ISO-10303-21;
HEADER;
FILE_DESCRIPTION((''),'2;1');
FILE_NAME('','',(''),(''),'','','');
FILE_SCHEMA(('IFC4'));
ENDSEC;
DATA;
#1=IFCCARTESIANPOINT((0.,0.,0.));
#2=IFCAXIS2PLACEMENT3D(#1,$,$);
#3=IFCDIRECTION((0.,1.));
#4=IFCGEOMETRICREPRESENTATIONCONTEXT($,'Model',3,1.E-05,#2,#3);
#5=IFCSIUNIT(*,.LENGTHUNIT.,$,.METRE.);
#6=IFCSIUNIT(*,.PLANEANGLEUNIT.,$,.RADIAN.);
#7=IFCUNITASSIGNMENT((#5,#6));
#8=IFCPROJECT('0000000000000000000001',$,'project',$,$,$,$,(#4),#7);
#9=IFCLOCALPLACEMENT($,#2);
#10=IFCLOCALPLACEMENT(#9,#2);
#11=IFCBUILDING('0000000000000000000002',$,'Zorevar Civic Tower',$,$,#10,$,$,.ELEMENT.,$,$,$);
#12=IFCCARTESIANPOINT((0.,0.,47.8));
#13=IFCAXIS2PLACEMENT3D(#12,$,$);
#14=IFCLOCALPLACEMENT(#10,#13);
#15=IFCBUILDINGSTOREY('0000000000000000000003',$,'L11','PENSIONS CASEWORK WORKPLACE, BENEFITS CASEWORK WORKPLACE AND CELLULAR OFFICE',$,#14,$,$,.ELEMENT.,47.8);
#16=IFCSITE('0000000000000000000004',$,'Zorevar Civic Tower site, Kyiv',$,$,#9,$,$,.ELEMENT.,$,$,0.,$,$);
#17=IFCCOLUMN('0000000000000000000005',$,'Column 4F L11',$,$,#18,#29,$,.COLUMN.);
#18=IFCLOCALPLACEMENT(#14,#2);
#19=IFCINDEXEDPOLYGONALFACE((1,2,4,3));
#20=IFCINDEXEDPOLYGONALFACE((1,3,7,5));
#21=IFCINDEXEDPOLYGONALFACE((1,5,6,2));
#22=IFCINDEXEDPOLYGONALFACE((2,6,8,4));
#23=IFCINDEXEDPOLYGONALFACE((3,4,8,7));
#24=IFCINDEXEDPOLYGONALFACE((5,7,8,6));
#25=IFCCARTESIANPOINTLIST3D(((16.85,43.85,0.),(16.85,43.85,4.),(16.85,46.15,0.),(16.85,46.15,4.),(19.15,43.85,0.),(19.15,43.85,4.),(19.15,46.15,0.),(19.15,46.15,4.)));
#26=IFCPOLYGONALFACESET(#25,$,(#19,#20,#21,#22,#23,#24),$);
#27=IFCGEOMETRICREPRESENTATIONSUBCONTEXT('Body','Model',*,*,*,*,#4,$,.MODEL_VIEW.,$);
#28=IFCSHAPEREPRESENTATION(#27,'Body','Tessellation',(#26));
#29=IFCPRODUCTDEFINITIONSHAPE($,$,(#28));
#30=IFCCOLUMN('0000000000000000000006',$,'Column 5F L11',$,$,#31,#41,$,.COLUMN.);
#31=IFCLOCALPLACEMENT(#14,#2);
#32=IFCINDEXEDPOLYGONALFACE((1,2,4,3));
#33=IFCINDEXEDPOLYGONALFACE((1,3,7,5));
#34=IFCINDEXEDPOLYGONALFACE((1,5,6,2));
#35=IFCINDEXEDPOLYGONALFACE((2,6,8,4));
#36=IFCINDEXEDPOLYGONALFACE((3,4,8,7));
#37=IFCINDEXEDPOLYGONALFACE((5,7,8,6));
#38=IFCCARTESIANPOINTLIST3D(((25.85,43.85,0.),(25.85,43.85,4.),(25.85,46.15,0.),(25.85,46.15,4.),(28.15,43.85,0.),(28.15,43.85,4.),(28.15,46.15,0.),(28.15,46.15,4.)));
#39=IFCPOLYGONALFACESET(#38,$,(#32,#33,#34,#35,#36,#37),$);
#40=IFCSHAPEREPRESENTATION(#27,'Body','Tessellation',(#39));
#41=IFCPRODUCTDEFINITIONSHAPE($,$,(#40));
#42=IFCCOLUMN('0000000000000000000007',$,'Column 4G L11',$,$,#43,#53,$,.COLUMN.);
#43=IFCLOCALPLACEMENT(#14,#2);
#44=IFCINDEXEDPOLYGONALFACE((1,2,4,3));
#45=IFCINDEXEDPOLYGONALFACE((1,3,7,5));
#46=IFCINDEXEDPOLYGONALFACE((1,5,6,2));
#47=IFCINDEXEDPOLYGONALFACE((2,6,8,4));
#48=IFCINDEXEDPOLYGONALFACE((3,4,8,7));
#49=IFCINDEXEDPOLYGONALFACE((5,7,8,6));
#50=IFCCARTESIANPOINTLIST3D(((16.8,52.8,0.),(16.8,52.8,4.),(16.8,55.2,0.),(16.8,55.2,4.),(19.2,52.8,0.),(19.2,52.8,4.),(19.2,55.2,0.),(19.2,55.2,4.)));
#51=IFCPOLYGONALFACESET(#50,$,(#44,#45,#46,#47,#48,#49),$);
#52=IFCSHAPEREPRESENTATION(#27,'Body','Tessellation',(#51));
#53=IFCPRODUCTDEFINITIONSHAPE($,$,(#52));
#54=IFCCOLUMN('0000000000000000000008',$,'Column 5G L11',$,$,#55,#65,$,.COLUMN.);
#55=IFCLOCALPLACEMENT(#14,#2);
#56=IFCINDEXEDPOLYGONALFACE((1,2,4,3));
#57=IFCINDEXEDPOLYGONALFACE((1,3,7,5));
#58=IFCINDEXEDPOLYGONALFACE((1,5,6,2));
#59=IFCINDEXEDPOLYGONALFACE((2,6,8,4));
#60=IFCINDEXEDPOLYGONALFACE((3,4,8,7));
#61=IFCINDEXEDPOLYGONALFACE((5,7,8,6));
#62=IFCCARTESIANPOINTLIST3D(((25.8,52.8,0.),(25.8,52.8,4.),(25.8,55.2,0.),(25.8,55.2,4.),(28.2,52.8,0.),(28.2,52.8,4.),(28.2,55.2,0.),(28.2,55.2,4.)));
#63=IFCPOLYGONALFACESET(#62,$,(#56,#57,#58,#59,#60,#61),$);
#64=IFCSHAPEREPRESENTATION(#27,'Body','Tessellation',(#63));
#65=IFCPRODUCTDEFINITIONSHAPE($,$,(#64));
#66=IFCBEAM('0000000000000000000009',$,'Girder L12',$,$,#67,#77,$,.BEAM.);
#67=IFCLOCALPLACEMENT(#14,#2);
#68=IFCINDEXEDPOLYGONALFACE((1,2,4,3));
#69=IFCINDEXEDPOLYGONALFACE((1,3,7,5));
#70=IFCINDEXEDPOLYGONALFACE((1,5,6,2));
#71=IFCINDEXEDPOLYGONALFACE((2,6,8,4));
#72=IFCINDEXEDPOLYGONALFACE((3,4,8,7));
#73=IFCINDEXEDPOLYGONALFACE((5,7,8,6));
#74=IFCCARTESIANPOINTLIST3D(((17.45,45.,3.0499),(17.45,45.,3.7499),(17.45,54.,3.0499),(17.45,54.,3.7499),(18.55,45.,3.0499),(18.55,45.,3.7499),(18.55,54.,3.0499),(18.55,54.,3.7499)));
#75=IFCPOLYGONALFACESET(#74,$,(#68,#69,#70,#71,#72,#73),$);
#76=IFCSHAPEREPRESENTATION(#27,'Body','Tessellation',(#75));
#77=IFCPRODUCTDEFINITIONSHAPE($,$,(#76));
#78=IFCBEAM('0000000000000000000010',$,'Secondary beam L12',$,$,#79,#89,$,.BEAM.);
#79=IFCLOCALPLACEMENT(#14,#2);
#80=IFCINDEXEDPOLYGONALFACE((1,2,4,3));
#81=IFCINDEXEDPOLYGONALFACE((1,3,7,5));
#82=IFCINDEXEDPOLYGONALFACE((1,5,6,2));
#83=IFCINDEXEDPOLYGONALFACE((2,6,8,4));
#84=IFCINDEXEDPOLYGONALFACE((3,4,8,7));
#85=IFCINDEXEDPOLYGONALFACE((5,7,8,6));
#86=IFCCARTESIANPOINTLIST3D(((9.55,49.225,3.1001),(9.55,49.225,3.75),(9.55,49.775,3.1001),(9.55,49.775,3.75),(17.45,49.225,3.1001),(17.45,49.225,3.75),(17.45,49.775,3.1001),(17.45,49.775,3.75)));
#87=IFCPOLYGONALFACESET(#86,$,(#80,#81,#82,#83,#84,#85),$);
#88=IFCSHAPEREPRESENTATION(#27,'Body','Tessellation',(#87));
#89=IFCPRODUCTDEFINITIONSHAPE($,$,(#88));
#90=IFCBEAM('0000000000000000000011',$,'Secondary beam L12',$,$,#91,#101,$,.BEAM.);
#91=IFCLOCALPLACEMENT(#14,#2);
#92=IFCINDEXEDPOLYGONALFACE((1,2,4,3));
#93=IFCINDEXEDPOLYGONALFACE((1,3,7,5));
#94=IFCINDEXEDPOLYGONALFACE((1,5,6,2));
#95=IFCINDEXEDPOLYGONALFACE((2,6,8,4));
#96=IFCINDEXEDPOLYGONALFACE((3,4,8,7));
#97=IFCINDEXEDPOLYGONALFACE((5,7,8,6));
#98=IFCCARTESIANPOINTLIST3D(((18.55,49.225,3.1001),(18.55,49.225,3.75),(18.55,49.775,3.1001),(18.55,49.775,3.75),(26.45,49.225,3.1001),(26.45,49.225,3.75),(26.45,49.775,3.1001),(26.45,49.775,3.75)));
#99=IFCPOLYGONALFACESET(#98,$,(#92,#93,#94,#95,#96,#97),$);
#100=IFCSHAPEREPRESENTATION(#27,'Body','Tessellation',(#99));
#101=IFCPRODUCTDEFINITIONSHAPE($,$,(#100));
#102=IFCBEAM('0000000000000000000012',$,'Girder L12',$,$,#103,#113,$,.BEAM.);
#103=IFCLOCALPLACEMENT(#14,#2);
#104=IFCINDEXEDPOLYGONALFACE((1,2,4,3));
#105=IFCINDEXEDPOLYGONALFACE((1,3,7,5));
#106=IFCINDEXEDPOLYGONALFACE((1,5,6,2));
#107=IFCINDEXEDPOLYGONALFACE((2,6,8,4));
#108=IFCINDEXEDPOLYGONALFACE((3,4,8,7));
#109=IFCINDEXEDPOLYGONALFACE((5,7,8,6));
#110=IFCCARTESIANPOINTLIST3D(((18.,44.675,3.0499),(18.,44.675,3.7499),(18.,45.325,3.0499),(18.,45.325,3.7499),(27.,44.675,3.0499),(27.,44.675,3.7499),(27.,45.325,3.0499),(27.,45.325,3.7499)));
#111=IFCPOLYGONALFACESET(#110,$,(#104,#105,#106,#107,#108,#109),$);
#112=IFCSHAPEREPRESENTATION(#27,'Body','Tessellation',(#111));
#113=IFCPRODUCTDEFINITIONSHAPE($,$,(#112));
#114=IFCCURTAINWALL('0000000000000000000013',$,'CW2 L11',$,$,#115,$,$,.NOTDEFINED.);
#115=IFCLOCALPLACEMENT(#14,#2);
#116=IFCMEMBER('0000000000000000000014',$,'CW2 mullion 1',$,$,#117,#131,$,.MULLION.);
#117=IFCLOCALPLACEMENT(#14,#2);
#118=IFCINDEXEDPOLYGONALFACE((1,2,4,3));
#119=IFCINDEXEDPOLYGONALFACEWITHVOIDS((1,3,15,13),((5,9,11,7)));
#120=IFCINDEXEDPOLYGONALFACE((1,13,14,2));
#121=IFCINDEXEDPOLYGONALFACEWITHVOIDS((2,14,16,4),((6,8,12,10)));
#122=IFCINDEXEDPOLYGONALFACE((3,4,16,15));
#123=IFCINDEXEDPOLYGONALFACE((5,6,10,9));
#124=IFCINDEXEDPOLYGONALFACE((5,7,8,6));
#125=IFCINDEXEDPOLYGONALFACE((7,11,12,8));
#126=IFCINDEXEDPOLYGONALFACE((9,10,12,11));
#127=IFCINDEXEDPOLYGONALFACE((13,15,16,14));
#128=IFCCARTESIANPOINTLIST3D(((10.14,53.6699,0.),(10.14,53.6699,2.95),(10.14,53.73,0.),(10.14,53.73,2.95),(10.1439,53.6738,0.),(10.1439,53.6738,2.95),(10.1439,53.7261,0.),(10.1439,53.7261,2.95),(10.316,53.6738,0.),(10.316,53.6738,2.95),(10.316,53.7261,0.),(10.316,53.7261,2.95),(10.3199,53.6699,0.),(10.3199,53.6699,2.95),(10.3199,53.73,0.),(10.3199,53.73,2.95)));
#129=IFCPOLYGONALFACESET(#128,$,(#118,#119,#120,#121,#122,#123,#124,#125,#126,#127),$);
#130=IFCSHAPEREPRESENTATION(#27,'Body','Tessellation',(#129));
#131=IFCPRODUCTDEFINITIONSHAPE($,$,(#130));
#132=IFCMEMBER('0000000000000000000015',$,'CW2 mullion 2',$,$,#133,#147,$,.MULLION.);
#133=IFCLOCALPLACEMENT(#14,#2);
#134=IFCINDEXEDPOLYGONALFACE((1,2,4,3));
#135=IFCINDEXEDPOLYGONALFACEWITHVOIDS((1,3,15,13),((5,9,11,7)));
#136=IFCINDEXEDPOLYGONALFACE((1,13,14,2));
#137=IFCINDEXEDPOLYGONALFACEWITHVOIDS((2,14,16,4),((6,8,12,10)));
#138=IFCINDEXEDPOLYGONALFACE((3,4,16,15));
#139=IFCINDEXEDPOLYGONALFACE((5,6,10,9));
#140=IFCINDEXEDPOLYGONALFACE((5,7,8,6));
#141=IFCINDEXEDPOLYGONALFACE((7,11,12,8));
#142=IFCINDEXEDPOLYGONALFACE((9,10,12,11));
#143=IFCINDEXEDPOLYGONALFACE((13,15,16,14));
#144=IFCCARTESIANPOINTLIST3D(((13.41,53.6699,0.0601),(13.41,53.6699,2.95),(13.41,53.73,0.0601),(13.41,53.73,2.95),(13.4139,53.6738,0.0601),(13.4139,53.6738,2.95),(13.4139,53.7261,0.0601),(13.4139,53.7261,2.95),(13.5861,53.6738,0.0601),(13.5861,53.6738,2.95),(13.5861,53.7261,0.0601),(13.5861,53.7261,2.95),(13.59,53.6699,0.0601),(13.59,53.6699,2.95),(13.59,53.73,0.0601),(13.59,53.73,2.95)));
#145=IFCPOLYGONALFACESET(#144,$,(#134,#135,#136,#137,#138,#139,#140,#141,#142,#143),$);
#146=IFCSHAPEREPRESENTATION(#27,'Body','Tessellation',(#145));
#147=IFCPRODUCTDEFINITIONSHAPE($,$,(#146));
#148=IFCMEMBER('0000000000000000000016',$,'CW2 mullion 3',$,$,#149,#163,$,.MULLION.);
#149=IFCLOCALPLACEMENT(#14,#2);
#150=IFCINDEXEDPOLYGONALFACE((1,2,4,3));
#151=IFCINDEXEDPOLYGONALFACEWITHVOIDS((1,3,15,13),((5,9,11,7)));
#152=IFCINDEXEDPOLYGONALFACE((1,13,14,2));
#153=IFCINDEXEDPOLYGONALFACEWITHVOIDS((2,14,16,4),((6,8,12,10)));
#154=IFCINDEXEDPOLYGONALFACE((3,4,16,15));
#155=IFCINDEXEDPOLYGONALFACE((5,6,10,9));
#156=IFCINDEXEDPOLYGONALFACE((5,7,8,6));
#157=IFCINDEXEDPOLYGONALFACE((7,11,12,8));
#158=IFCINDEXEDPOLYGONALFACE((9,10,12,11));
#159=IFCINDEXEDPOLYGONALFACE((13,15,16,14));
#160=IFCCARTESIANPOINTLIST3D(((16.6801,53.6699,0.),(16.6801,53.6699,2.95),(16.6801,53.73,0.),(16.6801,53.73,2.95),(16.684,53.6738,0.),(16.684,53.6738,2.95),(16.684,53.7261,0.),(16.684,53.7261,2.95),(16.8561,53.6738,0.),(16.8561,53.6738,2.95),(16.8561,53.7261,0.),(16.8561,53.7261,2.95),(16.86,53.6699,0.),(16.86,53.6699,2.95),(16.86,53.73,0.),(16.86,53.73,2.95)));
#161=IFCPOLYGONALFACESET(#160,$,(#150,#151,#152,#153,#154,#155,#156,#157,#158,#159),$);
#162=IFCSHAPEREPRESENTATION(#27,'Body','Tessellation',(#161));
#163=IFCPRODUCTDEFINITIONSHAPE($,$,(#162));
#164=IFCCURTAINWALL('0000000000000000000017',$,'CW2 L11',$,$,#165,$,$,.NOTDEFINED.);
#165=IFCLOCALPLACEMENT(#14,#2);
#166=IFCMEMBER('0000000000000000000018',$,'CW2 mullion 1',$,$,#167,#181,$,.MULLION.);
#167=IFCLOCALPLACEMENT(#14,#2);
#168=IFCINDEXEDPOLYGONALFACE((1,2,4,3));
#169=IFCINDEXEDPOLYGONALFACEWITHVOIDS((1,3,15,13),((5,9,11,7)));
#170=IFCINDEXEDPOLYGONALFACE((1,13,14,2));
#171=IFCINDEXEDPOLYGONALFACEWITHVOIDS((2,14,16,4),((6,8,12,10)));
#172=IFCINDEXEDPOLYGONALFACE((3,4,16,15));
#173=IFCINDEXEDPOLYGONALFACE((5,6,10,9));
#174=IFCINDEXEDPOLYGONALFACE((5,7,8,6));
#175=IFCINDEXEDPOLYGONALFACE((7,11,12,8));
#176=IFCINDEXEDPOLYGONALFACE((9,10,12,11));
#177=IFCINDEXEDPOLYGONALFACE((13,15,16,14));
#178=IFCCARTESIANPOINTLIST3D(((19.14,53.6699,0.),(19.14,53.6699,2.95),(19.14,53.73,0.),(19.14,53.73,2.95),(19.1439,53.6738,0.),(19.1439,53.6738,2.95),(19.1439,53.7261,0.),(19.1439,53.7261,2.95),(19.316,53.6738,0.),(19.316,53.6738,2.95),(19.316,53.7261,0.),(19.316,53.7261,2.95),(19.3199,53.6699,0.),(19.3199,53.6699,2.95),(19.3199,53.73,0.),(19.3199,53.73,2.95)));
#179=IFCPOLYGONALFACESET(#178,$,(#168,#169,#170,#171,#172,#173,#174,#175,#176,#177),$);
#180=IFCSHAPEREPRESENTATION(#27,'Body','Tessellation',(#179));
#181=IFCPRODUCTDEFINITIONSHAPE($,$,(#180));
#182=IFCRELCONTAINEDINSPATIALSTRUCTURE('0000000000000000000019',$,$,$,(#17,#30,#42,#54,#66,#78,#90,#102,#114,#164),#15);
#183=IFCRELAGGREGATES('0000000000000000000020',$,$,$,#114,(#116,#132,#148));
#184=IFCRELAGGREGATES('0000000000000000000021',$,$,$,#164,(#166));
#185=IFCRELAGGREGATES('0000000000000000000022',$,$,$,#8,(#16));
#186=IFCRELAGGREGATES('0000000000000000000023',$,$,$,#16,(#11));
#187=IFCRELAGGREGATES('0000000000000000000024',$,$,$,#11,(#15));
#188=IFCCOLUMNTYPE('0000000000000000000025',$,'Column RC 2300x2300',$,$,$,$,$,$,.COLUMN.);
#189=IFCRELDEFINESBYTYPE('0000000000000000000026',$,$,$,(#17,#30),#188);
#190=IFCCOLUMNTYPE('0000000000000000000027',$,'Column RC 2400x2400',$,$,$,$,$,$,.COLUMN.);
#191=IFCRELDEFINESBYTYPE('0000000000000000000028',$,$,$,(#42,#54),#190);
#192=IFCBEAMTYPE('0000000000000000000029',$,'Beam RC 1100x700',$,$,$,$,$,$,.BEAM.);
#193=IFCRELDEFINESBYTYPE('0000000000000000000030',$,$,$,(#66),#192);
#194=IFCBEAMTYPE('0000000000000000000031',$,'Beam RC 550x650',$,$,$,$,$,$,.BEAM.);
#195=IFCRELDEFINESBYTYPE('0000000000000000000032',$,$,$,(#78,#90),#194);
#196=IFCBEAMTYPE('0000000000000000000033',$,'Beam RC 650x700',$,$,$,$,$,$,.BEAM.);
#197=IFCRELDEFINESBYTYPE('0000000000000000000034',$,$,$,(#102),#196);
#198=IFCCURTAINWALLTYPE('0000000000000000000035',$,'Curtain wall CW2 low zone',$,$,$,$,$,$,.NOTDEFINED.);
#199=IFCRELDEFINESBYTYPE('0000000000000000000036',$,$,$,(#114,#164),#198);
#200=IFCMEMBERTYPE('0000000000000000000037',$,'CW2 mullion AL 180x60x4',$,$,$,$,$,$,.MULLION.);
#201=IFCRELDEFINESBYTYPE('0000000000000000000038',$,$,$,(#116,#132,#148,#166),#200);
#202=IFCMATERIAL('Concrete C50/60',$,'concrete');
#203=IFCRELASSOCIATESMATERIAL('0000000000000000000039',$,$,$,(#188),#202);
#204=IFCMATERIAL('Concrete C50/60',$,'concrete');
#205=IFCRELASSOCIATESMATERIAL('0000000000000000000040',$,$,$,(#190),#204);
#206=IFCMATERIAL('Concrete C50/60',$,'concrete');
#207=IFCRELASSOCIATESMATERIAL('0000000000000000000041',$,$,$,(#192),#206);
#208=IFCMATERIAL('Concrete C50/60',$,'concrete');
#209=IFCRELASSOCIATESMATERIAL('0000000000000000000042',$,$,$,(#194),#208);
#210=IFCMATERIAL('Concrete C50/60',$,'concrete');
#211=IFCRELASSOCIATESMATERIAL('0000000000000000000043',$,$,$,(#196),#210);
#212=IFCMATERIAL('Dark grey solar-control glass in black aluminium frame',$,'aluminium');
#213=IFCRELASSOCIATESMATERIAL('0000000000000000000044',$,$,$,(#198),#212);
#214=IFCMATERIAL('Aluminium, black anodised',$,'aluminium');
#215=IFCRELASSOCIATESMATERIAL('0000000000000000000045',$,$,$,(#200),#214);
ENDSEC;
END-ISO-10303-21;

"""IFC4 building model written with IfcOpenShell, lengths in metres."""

from ifc_helpers import new_model, si_unit, direction, frame, origin, origin_2d, place, context, subcontext, project, spatial, rectangle, hollow_rectangle, extrude, material, material_profile, profile_set, type_object, element, aggregate, save


model = new_model("IFC4")

# Units and contexts
model_context = context("Model", 3, precision=1e-05, world=origin(), true_north=direction((0.0, 1.0)))
body_context = subcontext(model_context, "Body", "Model", "MODEL_VIEW")
ifc_project = project(units=[si_unit("LENGTHUNIT", "METRE"), si_unit("PLANEANGLEUNIT", "RADIAN")], contexts=[model_context])

# Site, building, storey
site_placement = place(None, origin())
site = spatial("IfcSite", under=ifc_project, at=site_placement, Name="Zorevar Civic Tower site, Kyiv", CompositionType="ELEMENT", RefElevation=0.0)
building_placement = place(site_placement, origin())
building = spatial("IfcBuilding", under=site, at=building_placement, Name="Zorevar Civic Tower", CompositionType="ELEMENT")
storey_placement = place(building_placement, frame((0.0, 0.0, 47.8)))
storey = spatial("IfcBuildingStorey", under=building, at=storey_placement, Name="L11", Description="PENSIONS CASEWORK WORKPLACE, BENEFITS CASEWORK WORKPLACE AND CELLULAR OFFICE", CompositionType="ELEMENT", Elevation=47.8)

# Columns
ifc_material_1 = material(Name="Concrete C50/60", Category="concrete")
ifc_material_profile_1 = material_profile(ifc_material_1, rectangle(XDim=2.3, YDim=2.3, at=origin_2d()), Name="RC 2300x2300")
ifc_profile_set_1 = profile_set([ifc_material_profile_1], Name="Concrete C50/60")
column_type_1 = type_object("IfcColumnType", Name="Column RC 2300x2300", PredefinedType="COLUMN", material=ifc_profile_set_1)
for number, where, z_axis, x_axis, name in (
    (1, (18.0, 45.0, 0.0), (0.0, 0.0, 1.0), (1.0, 0.0, 0.0), "Column 4F L11"),
    (2, (27.0, 45.0, 0.0), (0.0, 0.0, 1.0), (1.0, 0.0, 0.0), "Column 5F L11"),
):
    element("IfcColumn", number, at=place(storey_placement, frame(where, z_axis=z_axis, x_axis=x_axis)), inside=storey, type_object=column_type_1, Name=name, PredefinedType="COLUMN", context=body_context, shape_type="SweptSolid", body=[
        extrude(rectangle(XDim=2.3, YDim=2.3, at=origin_2d()), origin(), (0.0, 0.0, 1.0), 4.0),
    ])
ifc_material_2 = material(Name="Concrete C50/60", Category="concrete")
ifc_material_profile_2 = material_profile(ifc_material_2, rectangle(XDim=2.3999, YDim=2.3999, at=origin_2d()), Name="RC 2400x2400")
ifc_profile_set_2 = profile_set([ifc_material_profile_2], Name="Concrete C50/60")
column_type_2 = type_object("IfcColumnType", Name="Column RC 2400x2400", PredefinedType="COLUMN", material=ifc_profile_set_2)
for number, where, z_axis, x_axis, name in (
    (3, (18.0, 54.0, 0.0), (0.0, 0.0, 1.0), (1.0, 0.0, 0.0), "Column 4G L11"),
    (4, (27.0, 54.0, 0.0), (0.0, 0.0, 1.0), (1.0, 0.0, 0.0), "Column 5G L11"),
):
    element("IfcColumn", number, at=place(storey_placement, frame(where, z_axis=z_axis, x_axis=x_axis)), inside=storey, type_object=column_type_2, Name=name, PredefinedType="COLUMN", context=body_context, shape_type="SweptSolid", body=[
        extrude(rectangle(XDim=2.3999, YDim=2.3999, at=origin_2d()), origin(), (0.0, 0.0, 1.0), 4.0),
    ])

# Beams
ifc_material_3 = material(Name="Concrete C50/60", Category="concrete")
ifc_material_profile_3 = material_profile(ifc_material_3, rectangle(XDim=1.1001, YDim=0.7, at=origin_2d()), Name="RC 1100x700")
ifc_profile_set_3 = profile_set([ifc_material_profile_3], Name="Concrete C50/60")
beam_type_1 = type_object("IfcBeamType", Name="Beam RC 1100x700", PredefinedType="BEAM", material=ifc_profile_set_3)
beam_1_placement = place(storey_placement, frame((18.0, 45.0, 3.3999), z_axis=(0.0, 1.0, 0.0), x_axis=(-1.0, 0.0, 0.0)))
element("IfcBeam", 5, at=beam_1_placement, inside=storey, type_object=beam_type_1, Name="Girder L12", PredefinedType="BEAM", context=body_context, shape_type="SweptSolid", body=[
    extrude(rectangle(XDim=1.1001, YDim=0.7, at=origin_2d()), origin(), (0.0, 0.0, 1.0), 9.0),
])
ifc_material_4 = material(Name="Concrete C50/60", Category="concrete")
ifc_material_profile_4 = material_profile(ifc_material_4, rectangle(XDim=0.55, YDim=0.6499, at=origin_2d()), Name="RC 550x650")
ifc_profile_set_4 = profile_set([ifc_material_profile_4], Name="Concrete C50/60")
beam_type_2 = type_object("IfcBeamType", Name="Beam RC 550x650", PredefinedType="BEAM", material=ifc_profile_set_4)
for number, where, z_axis, x_axis, name in (
    (6, (9.55, 49.5, 3.425), (1.0, 0.0, 0.0), (0.0, 1.0, 0.0), "Secondary beam L12"),
    (7, (18.55, 49.5, 3.425), (1.0, 0.0, 0.0), (0.0, 1.0, 0.0), "Secondary beam L12"),
):
    element("IfcBeam", number, at=place(storey_placement, frame(where, z_axis=z_axis, x_axis=x_axis)), inside=storey, type_object=beam_type_2, Name=name, PredefinedType="BEAM", context=body_context, shape_type="SweptSolid", body=[
        extrude(rectangle(XDim=0.55, YDim=0.6499, at=origin_2d()), origin(), (0.0, 0.0, 1.0), 7.8999),
    ])
ifc_material_5 = material(Name="Concrete C50/60", Category="concrete")
ifc_material_profile_5 = material_profile(ifc_material_5, rectangle(XDim=0.6499, YDim=0.7, at=origin_2d()), Name="RC 650x700")
ifc_profile_set_5 = profile_set([ifc_material_profile_5], Name="Concrete C50/60")
beam_type_3 = type_object("IfcBeamType", Name="Beam RC 650x700", PredefinedType="BEAM", material=ifc_profile_set_5)
beam_2_placement = place(storey_placement, frame((18.0, 45.0, 3.3999), z_axis=(1.0, 0.0, 0.0), x_axis=(0.0, 1.0, 0.0)))
element("IfcBeam", 8, at=beam_2_placement, inside=storey, type_object=beam_type_3, Name="Girder L12", PredefinedType="BEAM", context=body_context, shape_type="SweptSolid", body=[
    extrude(rectangle(XDim=0.6499, YDim=0.7, at=origin_2d()), origin(), (0.0, 0.0, 1.0), 9.0),
])

# Curtain walls, members
ifc_material_6 = material(Name="Dark grey solar-control glass in black aluminium frame", Category="aluminium")
curtain_wall_type = type_object("IfcCurtainWallType", Name="Curtain wall CW2 low zone", PredefinedType="NOTDEFINED", material=ifc_material_6)
curtain_wall_1_placement = place(storey_placement, origin())
curtain_wall_1 = element("IfcCurtainWall", 9, at=curtain_wall_1_placement, inside=storey, type_object=curtain_wall_type, Name="CW2 L11", PredefinedType="NOTDEFINED")
ifc_material_7 = material(Name="Aluminium, black anodised", Category="aluminium")
ifc_material_profile_6 = material_profile(ifc_material_7, hollow_rectangle(XDim=0.0601, YDim=0.1799, WallThickness=0.0039, at=origin_2d()), Name="AL 180x60x4")
ifc_profile_set_6 = profile_set([ifc_material_profile_6], Name="Aluminium, black anodised")
member_type_1 = type_object("IfcMemberType", Name="CW2 mullion AL 180x60x4", PredefinedType="MULLION", material=ifc_profile_set_6)
member_1_placement = place(storey_placement, frame((10.23, 53.7, 0.0), z_axis=(0.0, 0.0, 1.0), x_axis=(0.0, 1.0, 0.0)))
member_1 = element("IfcMember", 10, at=member_1_placement, type_object=member_type_1, Name="CW2 mullion 1", PredefinedType="MULLION", context=body_context, shape_type="SweptSolid", body=[
    extrude(hollow_rectangle(XDim=0.0601, YDim=0.1799, WallThickness=0.0039, at=origin_2d()), origin(), (0.0, 0.0, 1.0), 2.95),
])
member_2_placement = place(storey_placement, frame((13.5, 53.7, 0.0601), z_axis=(0.0, 0.0, 1.0), x_axis=(0.0, 1.0, 0.0)))
member_2 = element("IfcMember", 11, at=member_2_placement, type_object=member_type_1, Name="CW2 mullion 2", PredefinedType="MULLION", context=body_context, shape_type="SweptSolid", body=[
    extrude(hollow_rectangle(XDim=0.0601, YDim=0.1799, WallThickness=0.0039, at=origin_2d()), origin(), (0.0, 0.0, 1.0), 2.8899),
])
member_3_placement = place(storey_placement, frame((16.77, 53.7, 0.0), z_axis=(0.0, 0.0, 1.0), x_axis=(0.0, 1.0, 0.0)))
member_3 = element("IfcMember", 12, at=member_3_placement, type_object=member_type_1, Name="CW2 mullion 3", PredefinedType="MULLION", context=body_context, shape_type="SweptSolid", body=[
    extrude(hollow_rectangle(XDim=0.0601, YDim=0.1799, WallThickness=0.0039, at=origin_2d()), origin(), (0.0, 0.0, 1.0), 2.95),
])
curtain_wall_2_placement = place(storey_placement, origin())
curtain_wall_2 = element("IfcCurtainWall", 13, at=curtain_wall_2_placement, inside=storey, type_object=curtain_wall_type, Name="CW2 L11", PredefinedType="NOTDEFINED")
member_4_placement = place(storey_placement, frame((19.23, 53.7, 0.0), z_axis=(0.0, 0.0, 1.0), x_axis=(0.0, 1.0, 0.0)))
member_4 = element("IfcMember", 14, at=member_4_placement, type_object=member_type_1, Name="CW2 mullion 1", PredefinedType="MULLION", context=body_context, shape_type="SweptSolid", body=[
    extrude(hollow_rectangle(XDim=0.0601, YDim=0.1799, WallThickness=0.0039, at=origin_2d()), origin(), (0.0, 0.0, 1.0), 2.95),
])

aggregate(curtain_wall_1, [member_1, member_2, member_3])
aggregate(curtain_wall_2, [member_4])

save(model, "model.ifc")
